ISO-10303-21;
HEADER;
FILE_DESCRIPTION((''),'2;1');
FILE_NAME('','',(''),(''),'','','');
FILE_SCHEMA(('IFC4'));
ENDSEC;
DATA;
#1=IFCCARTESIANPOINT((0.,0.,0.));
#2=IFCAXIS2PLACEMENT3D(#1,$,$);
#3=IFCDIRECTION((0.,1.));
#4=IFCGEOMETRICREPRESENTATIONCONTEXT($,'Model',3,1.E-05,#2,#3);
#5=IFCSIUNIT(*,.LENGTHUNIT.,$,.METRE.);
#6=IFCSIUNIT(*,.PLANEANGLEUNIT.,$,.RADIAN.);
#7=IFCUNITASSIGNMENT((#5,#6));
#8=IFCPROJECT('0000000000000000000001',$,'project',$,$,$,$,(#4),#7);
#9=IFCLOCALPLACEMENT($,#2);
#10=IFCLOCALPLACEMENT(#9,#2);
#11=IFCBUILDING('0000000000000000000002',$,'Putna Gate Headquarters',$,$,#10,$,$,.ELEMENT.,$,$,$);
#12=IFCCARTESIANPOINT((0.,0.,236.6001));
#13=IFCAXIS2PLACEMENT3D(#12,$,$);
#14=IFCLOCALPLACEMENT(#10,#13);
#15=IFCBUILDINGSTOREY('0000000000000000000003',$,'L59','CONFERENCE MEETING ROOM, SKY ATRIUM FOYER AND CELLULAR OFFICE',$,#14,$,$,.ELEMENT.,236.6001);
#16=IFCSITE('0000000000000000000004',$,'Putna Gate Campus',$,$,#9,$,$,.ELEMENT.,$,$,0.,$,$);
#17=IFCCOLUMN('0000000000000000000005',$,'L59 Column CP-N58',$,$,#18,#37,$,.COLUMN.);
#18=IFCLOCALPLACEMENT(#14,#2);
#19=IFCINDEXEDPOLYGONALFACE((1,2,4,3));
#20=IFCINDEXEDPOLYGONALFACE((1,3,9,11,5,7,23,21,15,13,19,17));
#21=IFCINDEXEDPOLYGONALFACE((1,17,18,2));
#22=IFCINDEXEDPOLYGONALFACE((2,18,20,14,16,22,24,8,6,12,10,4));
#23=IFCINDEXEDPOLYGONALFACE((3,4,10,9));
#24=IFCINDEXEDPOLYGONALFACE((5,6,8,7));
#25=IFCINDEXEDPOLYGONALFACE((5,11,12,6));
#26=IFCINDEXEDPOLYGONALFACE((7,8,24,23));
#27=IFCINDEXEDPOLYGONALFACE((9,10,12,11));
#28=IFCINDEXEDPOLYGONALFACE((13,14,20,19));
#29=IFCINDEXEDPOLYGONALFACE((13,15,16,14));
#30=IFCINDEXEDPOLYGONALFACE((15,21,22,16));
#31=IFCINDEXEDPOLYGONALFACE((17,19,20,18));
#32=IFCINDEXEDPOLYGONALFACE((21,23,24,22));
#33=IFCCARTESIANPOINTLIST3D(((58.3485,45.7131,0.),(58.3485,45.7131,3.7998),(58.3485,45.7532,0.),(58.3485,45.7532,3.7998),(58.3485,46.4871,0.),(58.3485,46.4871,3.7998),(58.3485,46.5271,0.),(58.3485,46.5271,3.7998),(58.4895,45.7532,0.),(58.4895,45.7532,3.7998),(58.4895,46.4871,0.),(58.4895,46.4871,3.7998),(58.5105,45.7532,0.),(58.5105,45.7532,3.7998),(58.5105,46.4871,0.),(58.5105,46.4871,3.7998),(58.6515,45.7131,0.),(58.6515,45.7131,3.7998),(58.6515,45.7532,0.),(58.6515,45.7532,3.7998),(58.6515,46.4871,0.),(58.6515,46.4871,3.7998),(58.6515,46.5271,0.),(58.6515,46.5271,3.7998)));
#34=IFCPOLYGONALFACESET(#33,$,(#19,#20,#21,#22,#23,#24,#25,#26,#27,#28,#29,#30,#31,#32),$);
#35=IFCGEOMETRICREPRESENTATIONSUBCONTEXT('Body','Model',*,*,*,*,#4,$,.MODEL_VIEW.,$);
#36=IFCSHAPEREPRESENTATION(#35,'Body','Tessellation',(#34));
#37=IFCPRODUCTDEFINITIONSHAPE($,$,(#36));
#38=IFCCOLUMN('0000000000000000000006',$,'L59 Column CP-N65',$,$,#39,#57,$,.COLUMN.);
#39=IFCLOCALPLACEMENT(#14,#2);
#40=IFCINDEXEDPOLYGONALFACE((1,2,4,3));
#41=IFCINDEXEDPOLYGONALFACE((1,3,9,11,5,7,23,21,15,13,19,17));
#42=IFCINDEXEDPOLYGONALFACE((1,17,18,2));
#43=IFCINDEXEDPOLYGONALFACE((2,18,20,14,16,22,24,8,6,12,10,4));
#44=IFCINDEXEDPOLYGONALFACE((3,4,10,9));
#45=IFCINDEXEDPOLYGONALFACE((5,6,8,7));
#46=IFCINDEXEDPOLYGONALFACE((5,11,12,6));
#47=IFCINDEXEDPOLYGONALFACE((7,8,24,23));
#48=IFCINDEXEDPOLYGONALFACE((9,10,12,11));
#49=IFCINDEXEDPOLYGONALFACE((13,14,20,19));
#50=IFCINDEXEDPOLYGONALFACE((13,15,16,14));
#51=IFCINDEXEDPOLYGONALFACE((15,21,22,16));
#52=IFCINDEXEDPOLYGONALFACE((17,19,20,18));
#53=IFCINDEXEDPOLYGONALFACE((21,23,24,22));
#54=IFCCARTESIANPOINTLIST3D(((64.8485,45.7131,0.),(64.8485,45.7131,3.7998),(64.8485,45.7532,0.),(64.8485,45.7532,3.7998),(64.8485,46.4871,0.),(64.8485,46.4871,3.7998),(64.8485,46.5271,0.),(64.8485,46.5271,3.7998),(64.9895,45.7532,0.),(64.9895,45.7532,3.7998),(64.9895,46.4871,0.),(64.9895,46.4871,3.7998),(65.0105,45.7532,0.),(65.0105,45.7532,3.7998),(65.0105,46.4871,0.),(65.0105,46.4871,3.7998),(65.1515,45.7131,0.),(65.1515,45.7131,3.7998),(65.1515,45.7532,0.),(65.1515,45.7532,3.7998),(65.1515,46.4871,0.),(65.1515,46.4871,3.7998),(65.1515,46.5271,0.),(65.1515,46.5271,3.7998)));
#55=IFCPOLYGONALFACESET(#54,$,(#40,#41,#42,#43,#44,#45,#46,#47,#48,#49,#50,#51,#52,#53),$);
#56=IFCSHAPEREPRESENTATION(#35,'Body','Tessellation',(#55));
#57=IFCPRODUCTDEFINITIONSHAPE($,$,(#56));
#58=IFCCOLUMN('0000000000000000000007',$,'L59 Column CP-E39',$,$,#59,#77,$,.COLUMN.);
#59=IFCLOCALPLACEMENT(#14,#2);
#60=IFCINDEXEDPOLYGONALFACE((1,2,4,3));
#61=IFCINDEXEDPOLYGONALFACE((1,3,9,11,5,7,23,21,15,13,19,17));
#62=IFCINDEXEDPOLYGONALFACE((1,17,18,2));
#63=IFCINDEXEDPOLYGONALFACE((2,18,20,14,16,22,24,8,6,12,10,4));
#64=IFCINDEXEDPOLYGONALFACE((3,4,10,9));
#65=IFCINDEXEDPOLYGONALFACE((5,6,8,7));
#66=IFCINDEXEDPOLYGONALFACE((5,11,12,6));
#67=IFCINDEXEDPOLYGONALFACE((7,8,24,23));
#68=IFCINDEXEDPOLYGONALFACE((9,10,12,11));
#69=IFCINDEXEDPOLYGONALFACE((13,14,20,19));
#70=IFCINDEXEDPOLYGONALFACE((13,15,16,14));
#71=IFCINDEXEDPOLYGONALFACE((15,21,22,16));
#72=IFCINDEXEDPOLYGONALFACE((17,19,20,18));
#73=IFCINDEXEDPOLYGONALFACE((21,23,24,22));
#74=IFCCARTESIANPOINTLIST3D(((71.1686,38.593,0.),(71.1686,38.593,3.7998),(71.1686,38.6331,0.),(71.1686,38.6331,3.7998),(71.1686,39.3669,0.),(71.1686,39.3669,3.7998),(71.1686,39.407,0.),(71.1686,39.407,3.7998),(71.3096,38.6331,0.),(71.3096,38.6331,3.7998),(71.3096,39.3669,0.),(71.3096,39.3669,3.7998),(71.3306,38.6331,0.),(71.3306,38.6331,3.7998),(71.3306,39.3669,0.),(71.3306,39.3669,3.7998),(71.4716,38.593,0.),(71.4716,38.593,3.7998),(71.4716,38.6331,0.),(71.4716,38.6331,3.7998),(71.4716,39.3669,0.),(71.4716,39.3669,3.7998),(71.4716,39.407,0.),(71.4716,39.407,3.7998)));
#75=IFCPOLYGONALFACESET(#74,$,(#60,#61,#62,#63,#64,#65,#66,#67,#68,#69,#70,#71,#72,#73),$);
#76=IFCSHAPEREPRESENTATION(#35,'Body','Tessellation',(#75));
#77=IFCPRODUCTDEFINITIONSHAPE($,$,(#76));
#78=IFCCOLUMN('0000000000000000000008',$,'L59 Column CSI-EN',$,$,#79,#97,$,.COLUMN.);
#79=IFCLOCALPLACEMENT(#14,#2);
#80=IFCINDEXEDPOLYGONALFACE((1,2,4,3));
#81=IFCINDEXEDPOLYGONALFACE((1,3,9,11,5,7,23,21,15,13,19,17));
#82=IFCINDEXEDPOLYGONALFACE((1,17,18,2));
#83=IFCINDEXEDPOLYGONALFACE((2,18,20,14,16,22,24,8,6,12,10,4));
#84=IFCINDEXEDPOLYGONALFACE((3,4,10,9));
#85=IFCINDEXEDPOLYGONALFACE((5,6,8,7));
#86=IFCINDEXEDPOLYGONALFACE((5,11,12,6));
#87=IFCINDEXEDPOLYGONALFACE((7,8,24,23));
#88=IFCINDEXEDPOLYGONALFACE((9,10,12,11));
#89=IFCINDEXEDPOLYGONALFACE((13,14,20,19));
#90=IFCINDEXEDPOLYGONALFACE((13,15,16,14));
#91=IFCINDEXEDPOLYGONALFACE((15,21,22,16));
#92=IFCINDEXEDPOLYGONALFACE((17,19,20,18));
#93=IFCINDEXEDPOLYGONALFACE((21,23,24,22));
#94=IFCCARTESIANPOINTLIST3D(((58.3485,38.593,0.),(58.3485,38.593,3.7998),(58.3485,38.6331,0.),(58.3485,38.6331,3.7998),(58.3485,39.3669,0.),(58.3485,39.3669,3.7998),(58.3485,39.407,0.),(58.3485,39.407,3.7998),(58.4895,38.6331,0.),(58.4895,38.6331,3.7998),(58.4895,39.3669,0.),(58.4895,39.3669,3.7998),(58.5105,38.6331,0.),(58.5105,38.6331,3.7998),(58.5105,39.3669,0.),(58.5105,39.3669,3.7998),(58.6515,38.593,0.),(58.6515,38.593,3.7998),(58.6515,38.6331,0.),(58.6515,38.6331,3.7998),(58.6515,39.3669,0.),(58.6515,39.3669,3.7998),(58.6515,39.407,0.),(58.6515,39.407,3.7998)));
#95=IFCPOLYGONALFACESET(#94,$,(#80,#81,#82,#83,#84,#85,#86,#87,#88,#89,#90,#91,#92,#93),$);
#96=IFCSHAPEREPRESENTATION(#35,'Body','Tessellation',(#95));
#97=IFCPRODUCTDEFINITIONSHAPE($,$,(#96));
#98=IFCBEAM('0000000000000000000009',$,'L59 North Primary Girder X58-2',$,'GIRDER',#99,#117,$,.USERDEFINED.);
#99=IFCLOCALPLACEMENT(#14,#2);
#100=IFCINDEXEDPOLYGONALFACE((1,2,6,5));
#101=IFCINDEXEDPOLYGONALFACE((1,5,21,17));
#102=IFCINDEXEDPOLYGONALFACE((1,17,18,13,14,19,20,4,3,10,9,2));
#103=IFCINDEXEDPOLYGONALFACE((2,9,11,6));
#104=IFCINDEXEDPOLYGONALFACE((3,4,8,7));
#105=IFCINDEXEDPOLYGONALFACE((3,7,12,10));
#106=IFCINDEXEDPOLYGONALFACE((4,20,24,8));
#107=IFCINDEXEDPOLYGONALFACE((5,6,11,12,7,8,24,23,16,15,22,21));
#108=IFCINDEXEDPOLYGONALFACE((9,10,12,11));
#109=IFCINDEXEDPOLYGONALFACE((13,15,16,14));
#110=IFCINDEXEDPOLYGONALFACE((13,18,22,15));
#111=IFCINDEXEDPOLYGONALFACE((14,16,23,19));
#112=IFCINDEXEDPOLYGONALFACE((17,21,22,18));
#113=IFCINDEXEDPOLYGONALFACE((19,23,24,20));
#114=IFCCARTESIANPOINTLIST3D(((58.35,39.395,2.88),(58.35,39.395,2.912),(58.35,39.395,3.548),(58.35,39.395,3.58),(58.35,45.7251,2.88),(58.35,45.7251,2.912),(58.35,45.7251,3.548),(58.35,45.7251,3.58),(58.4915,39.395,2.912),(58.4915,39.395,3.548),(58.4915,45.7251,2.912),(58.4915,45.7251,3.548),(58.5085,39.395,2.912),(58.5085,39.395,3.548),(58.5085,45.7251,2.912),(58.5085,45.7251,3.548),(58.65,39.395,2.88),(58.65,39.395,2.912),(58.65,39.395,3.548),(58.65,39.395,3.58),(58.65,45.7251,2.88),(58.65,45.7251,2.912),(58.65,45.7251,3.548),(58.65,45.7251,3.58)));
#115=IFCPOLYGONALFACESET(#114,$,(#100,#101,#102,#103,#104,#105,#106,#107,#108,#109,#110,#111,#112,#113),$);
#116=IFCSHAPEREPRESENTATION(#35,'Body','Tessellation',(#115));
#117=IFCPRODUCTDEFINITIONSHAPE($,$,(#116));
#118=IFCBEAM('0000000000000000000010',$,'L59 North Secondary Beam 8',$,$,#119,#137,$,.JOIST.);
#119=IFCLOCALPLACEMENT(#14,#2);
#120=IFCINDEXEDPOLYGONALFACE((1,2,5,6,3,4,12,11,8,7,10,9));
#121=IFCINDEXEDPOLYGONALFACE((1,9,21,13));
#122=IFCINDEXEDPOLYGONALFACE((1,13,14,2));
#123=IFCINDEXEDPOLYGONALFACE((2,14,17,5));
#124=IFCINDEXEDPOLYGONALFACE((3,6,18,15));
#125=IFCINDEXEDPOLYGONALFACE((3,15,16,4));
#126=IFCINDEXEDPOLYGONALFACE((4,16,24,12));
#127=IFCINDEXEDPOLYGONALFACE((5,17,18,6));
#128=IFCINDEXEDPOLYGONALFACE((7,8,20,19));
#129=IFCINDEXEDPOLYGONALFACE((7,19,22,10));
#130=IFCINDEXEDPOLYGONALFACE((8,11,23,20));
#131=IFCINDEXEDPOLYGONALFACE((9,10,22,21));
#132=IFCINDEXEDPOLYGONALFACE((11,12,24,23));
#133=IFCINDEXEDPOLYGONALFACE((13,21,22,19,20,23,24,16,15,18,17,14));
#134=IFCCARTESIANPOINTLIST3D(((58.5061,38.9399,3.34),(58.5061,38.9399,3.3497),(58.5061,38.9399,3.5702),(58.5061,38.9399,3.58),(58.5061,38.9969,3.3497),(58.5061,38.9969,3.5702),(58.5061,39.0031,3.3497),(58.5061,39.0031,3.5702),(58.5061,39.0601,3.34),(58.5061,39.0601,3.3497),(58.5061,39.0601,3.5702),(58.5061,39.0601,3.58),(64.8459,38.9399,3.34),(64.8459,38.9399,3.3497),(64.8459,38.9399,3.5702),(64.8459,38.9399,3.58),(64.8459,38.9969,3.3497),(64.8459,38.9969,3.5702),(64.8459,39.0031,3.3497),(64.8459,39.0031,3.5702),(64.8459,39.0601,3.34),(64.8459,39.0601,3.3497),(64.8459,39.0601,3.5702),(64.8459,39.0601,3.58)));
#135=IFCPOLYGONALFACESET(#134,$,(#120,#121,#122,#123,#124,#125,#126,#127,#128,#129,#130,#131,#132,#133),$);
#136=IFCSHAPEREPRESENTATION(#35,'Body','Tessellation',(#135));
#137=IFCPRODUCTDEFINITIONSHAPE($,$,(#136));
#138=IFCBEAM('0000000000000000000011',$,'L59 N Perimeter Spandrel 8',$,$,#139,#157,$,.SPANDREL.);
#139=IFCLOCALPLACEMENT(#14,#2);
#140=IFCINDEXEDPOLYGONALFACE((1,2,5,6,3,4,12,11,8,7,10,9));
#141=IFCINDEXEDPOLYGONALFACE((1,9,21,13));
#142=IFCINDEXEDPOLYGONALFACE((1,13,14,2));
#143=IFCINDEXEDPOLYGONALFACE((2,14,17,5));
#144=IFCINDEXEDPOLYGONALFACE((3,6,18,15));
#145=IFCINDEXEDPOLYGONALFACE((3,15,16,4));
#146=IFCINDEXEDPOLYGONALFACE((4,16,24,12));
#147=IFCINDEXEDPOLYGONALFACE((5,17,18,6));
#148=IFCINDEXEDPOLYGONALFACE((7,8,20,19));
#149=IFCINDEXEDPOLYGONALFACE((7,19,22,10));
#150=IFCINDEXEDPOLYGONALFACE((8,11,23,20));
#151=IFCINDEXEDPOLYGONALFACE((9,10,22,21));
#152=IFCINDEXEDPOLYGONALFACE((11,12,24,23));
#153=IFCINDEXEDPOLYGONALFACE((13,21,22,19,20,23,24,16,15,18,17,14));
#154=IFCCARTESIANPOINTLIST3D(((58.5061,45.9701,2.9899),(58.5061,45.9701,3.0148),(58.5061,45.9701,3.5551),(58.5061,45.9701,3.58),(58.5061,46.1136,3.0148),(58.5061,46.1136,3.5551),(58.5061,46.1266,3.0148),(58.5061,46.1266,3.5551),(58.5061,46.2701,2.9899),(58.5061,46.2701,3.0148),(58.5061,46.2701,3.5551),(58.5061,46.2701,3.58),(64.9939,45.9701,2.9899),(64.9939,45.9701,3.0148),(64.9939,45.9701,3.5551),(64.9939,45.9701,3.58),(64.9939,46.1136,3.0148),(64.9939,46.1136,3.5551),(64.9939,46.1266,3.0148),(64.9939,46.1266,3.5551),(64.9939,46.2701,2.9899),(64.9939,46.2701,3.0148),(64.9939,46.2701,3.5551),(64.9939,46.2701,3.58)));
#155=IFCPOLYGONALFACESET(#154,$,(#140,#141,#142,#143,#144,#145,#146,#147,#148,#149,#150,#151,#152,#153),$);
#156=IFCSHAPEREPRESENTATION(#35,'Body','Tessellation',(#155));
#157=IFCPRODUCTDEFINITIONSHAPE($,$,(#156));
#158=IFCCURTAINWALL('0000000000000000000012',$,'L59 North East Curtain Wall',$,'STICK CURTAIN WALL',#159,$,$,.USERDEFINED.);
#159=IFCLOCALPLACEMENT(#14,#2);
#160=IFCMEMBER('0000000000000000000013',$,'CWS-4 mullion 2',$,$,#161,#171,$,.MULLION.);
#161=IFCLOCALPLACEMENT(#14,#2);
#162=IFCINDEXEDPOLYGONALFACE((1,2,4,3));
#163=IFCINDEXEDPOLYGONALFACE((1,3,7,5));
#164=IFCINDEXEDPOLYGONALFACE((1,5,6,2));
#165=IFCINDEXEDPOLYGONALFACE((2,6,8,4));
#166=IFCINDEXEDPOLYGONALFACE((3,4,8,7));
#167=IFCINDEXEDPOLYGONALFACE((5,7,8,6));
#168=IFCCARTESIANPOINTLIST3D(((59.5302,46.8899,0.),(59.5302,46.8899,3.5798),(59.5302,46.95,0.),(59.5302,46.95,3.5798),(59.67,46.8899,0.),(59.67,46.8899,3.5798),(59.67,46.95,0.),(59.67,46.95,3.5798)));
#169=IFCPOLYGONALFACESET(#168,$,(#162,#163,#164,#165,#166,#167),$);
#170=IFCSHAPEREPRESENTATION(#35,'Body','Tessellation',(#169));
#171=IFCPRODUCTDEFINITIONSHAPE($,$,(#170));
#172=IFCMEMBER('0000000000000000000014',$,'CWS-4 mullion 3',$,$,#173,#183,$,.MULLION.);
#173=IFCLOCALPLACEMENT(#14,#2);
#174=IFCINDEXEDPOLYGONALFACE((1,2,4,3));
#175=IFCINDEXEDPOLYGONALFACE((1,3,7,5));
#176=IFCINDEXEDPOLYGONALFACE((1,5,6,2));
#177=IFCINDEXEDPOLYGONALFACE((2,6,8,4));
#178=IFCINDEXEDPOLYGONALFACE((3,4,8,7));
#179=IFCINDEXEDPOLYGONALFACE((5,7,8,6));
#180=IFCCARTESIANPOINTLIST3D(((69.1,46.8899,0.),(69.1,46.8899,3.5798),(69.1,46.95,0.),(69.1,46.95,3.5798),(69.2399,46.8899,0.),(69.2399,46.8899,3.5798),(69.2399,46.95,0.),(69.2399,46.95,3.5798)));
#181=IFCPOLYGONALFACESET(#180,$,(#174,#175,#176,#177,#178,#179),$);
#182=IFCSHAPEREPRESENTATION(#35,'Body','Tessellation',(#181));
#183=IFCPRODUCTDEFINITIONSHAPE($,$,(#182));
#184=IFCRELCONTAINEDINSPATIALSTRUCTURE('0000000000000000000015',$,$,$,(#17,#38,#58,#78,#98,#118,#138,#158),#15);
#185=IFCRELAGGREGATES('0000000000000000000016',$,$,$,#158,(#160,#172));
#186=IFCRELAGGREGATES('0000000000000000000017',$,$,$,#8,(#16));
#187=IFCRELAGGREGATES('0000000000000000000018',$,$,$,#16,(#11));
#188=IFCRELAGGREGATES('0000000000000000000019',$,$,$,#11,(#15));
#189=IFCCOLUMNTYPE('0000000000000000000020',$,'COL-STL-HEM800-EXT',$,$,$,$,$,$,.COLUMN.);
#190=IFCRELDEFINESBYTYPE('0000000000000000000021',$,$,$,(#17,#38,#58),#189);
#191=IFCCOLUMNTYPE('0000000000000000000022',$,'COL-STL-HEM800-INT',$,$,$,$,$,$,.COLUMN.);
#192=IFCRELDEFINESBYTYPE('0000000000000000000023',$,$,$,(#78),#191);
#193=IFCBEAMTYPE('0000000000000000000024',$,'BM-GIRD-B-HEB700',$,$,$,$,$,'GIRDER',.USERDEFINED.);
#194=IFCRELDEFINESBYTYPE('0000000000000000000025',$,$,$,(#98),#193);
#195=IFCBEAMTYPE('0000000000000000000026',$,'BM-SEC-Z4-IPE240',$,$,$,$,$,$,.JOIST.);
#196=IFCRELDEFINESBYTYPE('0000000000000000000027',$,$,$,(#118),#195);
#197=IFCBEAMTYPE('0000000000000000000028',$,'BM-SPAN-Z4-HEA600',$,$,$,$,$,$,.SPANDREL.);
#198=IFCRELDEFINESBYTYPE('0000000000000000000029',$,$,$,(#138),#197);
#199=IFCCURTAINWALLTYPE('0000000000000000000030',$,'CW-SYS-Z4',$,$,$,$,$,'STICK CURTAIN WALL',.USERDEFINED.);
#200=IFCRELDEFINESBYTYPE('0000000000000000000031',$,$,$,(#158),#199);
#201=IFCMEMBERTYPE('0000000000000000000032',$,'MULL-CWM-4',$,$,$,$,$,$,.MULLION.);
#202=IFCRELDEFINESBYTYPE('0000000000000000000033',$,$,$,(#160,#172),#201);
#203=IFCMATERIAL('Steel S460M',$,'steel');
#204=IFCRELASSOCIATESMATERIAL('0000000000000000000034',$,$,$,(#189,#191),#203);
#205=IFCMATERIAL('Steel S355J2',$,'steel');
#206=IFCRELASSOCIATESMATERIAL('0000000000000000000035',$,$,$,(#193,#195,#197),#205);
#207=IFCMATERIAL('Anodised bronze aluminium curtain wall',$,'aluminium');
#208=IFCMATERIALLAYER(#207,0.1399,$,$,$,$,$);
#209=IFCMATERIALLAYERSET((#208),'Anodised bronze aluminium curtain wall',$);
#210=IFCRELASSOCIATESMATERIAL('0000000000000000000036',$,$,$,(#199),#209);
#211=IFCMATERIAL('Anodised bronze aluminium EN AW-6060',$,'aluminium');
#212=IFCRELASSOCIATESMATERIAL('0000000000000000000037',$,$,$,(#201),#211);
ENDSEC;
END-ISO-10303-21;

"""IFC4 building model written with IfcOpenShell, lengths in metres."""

from ifc_helpers import new_model, si_unit, direction, frame, origin, origin_2d, place, context, subcontext, project, spatial, rectangle, i_section, extrude, material, layer, layer_set, material_profile, profile_set, type_object, element, aggregate, save


model = new_model("IFC4")

# Units and contexts
model_context = context("Model", 3, precision=1e-05, world=origin(), true_north=direction((0.0, 1.0)))
body_context = subcontext(model_context, "Body", "Model", "MODEL_VIEW")
ifc_project = project(units=[si_unit("LENGTHUNIT", "METRE"), si_unit("PLANEANGLEUNIT", "RADIAN")], contexts=[model_context])

# Site, building, storey
site_placement = place(None, origin())
site = spatial("IfcSite", under=ifc_project, at=site_placement, Name="Putna Gate Campus", CompositionType="ELEMENT", RefElevation=0.0)
building_placement = place(site_placement, origin())
building = spatial("IfcBuilding", under=site, at=building_placement, Name="Putna Gate Headquarters", CompositionType="ELEMENT")
storey_placement = place(building_placement, frame((0.0, 0.0, 236.6001)))
storey = spatial("IfcBuildingStorey", under=building, at=storey_placement, Name="L59", Description="CONFERENCE MEETING ROOM, SKY ATRIUM FOYER AND CELLULAR OFFICE", CompositionType="ELEMENT", Elevation=236.6001)

# Columns
ifc_material_1 = material(Name="Steel S460M", Category="steel")
ifc_material_profile_1 = material_profile(ifc_material_1, i_section(OverallWidth=0.303, OverallDepth=0.814, WebThickness=0.021, FlangeThickness=0.04, at=origin_2d()), Name="Steel S460M")
ifc_profile_set_1 = profile_set([ifc_material_profile_1], Name="Steel S460M")
column_type_1 = type_object("IfcColumnType", Name="COL-STL-HEM800-EXT", PredefinedType="COLUMN", material=ifc_profile_set_1)
for number, where, z_axis, x_axis, name in (
    (1, (58.5, 46.1201, 0.0), (0.0, 0.0, 1.0), (1.0, 0.0, 0.0), "L59 Column CP-N58"),
    (2, (65.0, 46.1201, 0.0), (0.0, 0.0, 1.0), (1.0, 0.0, 0.0), "L59 Column CP-N65"),
    (3, (71.3201, 39.0, 0.0), (0.0, 0.0, 1.0), (1.0, 0.0, 0.0), "L59 Column CP-E39"),
):
    element("IfcColumn", number, at=place(storey_placement, frame(where, z_axis=z_axis, x_axis=x_axis)), inside=storey, type_object=column_type_1, Name=name, PredefinedType="COLUMN", context=body_context, shape_type="SweptSolid", body=[
        extrude(i_section(OverallWidth=0.303, OverallDepth=0.814, WebThickness=0.021, FlangeThickness=0.04, at=origin_2d()), origin(), (0.0, 0.0, 1.0), 3.7998),
    ])
ifc_material_profile_2 = material_profile(ifc_material_1, i_section(OverallWidth=0.303, OverallDepth=0.814, WebThickness=0.021, FlangeThickness=0.04, at=origin_2d()), Name="Steel S460M")
ifc_profile_set_2 = profile_set([ifc_material_profile_2], Name="Steel S460M")
column_type_2 = type_object("IfcColumnType", Name="COL-STL-HEM800-INT", PredefinedType="COLUMN", material=ifc_profile_set_2)
column_placement = place(storey_placement, frame((58.5, 39.0, 0.0), z_axis=(0.0, 0.0, 1.0), x_axis=(1.0, 0.0, 0.0)))
element("IfcColumn", 4, at=column_placement, inside=storey, type_object=column_type_2, Name="L59 Column CSI-EN", PredefinedType="COLUMN", context=body_context, shape_type="SweptSolid", body=[
    extrude(i_section(OverallWidth=0.303, OverallDepth=0.814, WebThickness=0.021, FlangeThickness=0.04, at=origin_2d()), origin(), (0.0, 0.0, 1.0), 3.7998),
])

# Beams
ifc_material_2 = material(Name="Steel S355J2", Category="steel")
ifc_material_profile_3 = material_profile(ifc_material_2, i_section(OverallWidth=0.3, OverallDepth=0.7, WebThickness=0.0171, FlangeThickness=0.032, at=origin_2d()), Name="Steel S355J2")
ifc_profile_set_3 = profile_set([ifc_material_profile_3], Name="Steel S355J2")
beam_type_1 = type_object("IfcBeamType", Name="BM-GIRD-B-HEB700", ElementType="GIRDER", PredefinedType="USERDEFINED", material=ifc_profile_set_3)
beam_1_placement = place(storey_placement, frame((58.5, 39.395, 3.23), z_axis=(0.0, 1.0, 0.0), x_axis=(-1.0, 0.0, 0.0)))
element("IfcBeam", 5, at=beam_1_placement, inside=storey, type_object=beam_type_1, Name="L59 North Primary Girder X58-2", ObjectType="GIRDER", PredefinedType="USERDEFINED", context=body_context, shape_type="SweptSolid", body=[
    extrude(i_section(OverallWidth=0.3, OverallDepth=0.7, WebThickness=0.0171, FlangeThickness=0.032, at=origin_2d()), origin(), (0.0, 0.0, 1.0), 6.3301),
])
ifc_material_profile_4 = material_profile(ifc_material_2, i_section(OverallWidth=0.1201, OverallDepth=0.24, WebThickness=0.0061, FlangeThickness=0.0098, at=origin_2d()), Name="Steel S355J2")
ifc_profile_set_4 = profile_set([ifc_material_profile_4], Name="Steel S355J2")
beam_type_2 = type_object("IfcBeamType", Name="BM-SEC-Z4-IPE240", PredefinedType="JOIST", material=ifc_profile_set_4)
beam_2_placement = place(storey_placement, frame((58.5061, 39.0, 3.46), z_axis=(1.0, 0.0, 0.0), x_axis=(0.0, 1.0, 0.0)))
element("IfcBeam", 6, at=beam_2_placement, inside=storey, type_object=beam_type_2, Name="L59 North Secondary Beam 8", PredefinedType="JOIST", context=body_context, shape_type="SweptSolid", body=[
    extrude(i_section(OverallWidth=0.1201, OverallDepth=0.24, WebThickness=0.0061, FlangeThickness=0.0098, at=origin_2d()), origin(), (0.0, 0.0, 1.0), 6.3398),
])
ifc_material_profile_5 = material_profile(ifc_material_2, i_section(OverallWidth=0.3, OverallDepth=0.5901, WebThickness=0.0129, FlangeThickness=0.0249, at=origin_2d()), Name="Steel S355J2")
ifc_profile_set_5 = profile_set([ifc_material_profile_5], Name="Steel S355J2")
beam_type_3 = type_object("IfcBeamType", Name="BM-SPAN-Z4-HEA600", PredefinedType="SPANDREL", material=ifc_profile_set_5)
beam_3_placement = place(storey_placement, frame((58.5061, 46.1201, 3.2849), z_axis=(1.0, 0.0, 0.0), x_axis=(0.0, 1.0, 0.0)))
element("IfcBeam", 7, at=beam_3_placement, inside=storey, type_object=beam_type_3, Name="L59 N Perimeter Spandrel 8", PredefinedType="SPANDREL", context=body_context, shape_type="SweptSolid", body=[
    extrude(i_section(OverallWidth=0.3, OverallDepth=0.5901, WebThickness=0.0129, FlangeThickness=0.0249, at=origin_2d()), origin(), (0.0, 0.0, 1.0), 6.4878),
])

# Curtain wall, members
ifc_material_3 = material(Name="Anodised bronze aluminium curtain wall", Category="aluminium")
ifc_layer_1 = layer(ifc_material_3, 0.1399)
ifc_layer_set_1 = layer_set([ifc_layer_1], Name="Anodised bronze aluminium curtain wall")
curtain_wall_type = type_object("IfcCurtainWallType", Name="CW-SYS-Z4", ElementType="STICK CURTAIN WALL", PredefinedType="USERDEFINED", material=ifc_layer_set_1)
curtain_wall_1_placement = place(storey_placement, origin())
curtain_wall_1 = element("IfcCurtainWall", 8, at=curtain_wall_1_placement, inside=storey, type_object=curtain_wall_type, Name="L59 North East Curtain Wall", ObjectType="STICK CURTAIN WALL", PredefinedType="USERDEFINED")
ifc_material_4 = material(Name="Anodised bronze aluminium EN AW-6060", Category="aluminium")
ifc_material_profile_6 = material_profile(ifc_material_4, rectangle(XDim=0.0601, YDim=0.1399, at=origin_2d()), Name="Anodised bronze aluminium EN AW-6060")
ifc_profile_set_6 = profile_set([ifc_material_profile_6], Name="Anodised bronze aluminium EN AW-6060")
member_type_1 = type_object("IfcMemberType", Name="MULL-CWM-4", PredefinedType="MULLION", material=ifc_profile_set_6)
member_1_placement = place(storey_placement, frame((59.6001, 46.9199, 0.0), z_axis=(0.0, 0.0, 1.0), x_axis=(0.0, 1.0, 0.0)))
member_1 = element("IfcMember", 9, at=member_1_placement, type_object=member_type_1, Name="CWS-4 mullion 2", PredefinedType="MULLION", context=body_context, shape_type="SweptSolid", body=[
    extrude(rectangle(XDim=0.0601, YDim=0.1399, at=origin_2d()), origin(), (0.0, 0.0, 1.0), 3.5798),
])
member_2_placement = place(storey_placement, frame((69.1699, 46.9199, 0.0), z_axis=(0.0, 0.0, 1.0), x_axis=(0.0, 1.0, 0.0)))
member_2 = element("IfcMember", 10, at=member_2_placement, type_object=member_type_1, Name="CWS-4 mullion 3", PredefinedType="MULLION", context=body_context, shape_type="SweptSolid", body=[
    extrude(rectangle(XDim=0.0601, YDim=0.1399, at=origin_2d()), origin(), (0.0, 0.0, 1.0), 3.5798),
])

aggregate(curtain_wall_1, [member_1, member_2])

save(model, "model.ifc")
